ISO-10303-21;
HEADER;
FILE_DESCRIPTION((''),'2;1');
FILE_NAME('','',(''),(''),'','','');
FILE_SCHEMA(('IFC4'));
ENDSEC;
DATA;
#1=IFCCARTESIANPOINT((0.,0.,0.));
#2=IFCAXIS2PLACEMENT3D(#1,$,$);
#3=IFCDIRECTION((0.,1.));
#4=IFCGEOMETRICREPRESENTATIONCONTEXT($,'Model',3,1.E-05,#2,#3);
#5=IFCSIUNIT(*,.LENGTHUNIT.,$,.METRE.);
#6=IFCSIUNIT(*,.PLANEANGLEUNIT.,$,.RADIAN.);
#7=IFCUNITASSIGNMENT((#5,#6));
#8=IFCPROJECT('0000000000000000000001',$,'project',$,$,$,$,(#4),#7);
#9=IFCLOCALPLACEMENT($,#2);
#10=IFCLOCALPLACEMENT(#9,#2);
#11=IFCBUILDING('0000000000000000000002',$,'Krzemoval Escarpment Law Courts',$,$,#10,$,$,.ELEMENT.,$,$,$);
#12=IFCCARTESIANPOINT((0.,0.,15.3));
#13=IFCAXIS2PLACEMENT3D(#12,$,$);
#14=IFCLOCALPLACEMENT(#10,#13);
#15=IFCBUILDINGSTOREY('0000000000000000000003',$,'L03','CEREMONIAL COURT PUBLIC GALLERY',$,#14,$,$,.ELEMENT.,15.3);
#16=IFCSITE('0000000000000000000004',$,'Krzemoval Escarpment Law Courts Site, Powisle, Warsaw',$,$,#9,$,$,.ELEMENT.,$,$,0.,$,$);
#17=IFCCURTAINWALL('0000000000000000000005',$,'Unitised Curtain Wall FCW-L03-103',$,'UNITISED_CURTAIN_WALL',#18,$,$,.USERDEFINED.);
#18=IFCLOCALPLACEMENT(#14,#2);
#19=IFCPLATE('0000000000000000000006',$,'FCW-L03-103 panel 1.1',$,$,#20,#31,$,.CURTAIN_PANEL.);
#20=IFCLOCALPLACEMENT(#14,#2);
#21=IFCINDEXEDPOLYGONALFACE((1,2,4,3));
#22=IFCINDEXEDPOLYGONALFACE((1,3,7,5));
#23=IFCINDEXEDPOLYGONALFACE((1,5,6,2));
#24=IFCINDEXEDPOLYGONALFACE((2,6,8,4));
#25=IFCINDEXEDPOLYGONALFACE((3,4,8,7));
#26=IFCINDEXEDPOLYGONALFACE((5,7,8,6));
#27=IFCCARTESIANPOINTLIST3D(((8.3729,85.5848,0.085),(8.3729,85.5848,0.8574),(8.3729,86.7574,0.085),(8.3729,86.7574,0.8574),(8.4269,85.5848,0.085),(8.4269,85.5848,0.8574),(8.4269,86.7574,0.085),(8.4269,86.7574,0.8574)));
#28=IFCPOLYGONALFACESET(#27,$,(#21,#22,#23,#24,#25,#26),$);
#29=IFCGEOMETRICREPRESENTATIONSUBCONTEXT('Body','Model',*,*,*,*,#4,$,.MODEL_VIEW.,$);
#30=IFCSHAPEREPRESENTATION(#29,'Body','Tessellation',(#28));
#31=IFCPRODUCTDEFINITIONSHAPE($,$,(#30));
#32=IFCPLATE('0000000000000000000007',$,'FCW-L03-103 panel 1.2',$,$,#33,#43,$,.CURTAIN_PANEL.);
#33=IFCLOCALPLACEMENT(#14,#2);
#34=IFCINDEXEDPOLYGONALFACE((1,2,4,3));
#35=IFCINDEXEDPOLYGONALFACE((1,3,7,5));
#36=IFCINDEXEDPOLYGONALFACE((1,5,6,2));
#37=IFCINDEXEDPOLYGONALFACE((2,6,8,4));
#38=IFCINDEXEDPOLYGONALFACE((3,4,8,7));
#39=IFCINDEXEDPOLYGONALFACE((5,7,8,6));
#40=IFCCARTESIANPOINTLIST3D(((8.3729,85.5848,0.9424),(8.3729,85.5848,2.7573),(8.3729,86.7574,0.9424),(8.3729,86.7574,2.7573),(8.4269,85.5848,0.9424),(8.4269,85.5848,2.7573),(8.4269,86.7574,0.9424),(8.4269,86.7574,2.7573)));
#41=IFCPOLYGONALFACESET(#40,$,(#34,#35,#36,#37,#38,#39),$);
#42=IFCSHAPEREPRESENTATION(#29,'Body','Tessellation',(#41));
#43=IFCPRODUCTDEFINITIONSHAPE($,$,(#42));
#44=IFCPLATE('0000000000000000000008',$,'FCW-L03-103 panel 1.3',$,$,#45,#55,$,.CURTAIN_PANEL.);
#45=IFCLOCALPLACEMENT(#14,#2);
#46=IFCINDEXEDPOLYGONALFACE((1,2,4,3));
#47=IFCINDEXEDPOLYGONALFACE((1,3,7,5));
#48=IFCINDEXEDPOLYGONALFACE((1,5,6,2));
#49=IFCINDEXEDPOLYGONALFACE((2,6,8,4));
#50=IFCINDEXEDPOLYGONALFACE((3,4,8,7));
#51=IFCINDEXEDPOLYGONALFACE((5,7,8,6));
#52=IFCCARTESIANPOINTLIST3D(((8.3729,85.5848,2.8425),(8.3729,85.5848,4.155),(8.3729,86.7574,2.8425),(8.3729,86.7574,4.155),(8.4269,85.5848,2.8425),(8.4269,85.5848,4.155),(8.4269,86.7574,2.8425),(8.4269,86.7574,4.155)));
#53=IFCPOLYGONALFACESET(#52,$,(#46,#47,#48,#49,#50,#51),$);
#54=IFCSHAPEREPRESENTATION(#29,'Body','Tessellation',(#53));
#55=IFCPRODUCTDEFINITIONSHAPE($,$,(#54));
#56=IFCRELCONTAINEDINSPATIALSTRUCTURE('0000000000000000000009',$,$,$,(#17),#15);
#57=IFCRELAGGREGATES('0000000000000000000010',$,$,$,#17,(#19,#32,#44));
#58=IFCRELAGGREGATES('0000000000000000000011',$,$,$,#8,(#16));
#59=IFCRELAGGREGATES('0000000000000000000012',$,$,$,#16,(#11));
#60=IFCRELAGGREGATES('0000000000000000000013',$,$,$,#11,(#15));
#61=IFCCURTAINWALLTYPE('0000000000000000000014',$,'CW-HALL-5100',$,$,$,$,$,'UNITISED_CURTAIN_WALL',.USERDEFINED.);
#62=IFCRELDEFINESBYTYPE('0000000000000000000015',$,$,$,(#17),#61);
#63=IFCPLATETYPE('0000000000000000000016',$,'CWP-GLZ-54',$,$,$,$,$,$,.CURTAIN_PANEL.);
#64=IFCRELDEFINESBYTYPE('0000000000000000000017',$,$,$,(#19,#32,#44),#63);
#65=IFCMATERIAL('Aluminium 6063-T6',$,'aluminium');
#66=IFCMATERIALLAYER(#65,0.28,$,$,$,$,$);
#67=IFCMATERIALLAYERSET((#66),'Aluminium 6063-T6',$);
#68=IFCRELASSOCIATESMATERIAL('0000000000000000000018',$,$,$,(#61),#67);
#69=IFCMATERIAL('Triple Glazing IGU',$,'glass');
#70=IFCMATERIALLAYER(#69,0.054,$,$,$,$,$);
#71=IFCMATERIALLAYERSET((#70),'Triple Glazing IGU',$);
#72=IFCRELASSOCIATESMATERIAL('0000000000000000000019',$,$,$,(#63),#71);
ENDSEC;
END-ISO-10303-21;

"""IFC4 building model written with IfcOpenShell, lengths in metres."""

from ifc_helpers import new_model, si_unit, direction, frame, origin, origin_2d, place, context, subcontext, project, spatial, rectangle, extrude, material, layer, layer_set, type_object, element, aggregate, save


model = new_model("IFC4")

# Units and contexts
model_context = context("Model", 3, precision=1e-05, world=origin(), true_north=direction((0.0, 1.0)))
body_context = subcontext(model_context, "Body", "Model", "MODEL_VIEW")
ifc_project = project(units=[si_unit("LENGTHUNIT", "METRE"), si_unit("PLANEANGLEUNIT", "RADIAN")], contexts=[model_context])

# Site, building, storey
site_placement = place(None, origin())
site = spatial("IfcSite", under=ifc_project, at=site_placement, Name="Krzemoval Escarpment Law Courts Site, Powisle, Warsaw", CompositionType="ELEMENT", RefElevation=0.0)
building_placement = place(site_placement, origin())
building = spatial("IfcBuilding", under=site, at=building_placement, Name="Krzemoval Escarpment Law Courts", CompositionType="ELEMENT")
storey_placement = place(building_placement, frame((0.0, 0.0, 15.3)))
storey = spatial("IfcBuildingStorey", under=building, at=storey_placement, Name="L03", Description="CEREMONIAL COURT PUBLIC GALLERY", CompositionType="ELEMENT", Elevation=15.3)

# Shared definitions
ifc_material_1 = material(Name="Aluminium 6063-T6", Category="aluminium")
ifc_layer_1 = layer(ifc_material_1, 0.28)
ifc_layer_set_1 = layer_set([ifc_layer_1], Name="Aluminium 6063-T6")
curtain_wall_type = type_object("IfcCurtainWallType", Name="CW-HALL-5100", ElementType="UNITISED_CURTAIN_WALL", PredefinedType="USERDEFINED", material=ifc_layer_set_1)

# Curtain wall
curtain_wall_1_placement = place(storey_placement, origin())
curtain_wall_1 = element("IfcCurtainWall", 1, at=curtain_wall_1_placement, inside=storey, type_object=curtain_wall_type, Name="Unitised Curtain Wall FCW-L03-103", ObjectType="UNITISED_CURTAIN_WALL", PredefinedType="USERDEFINED")

# Plates
ifc_material_2 = material(Name="Triple Glazing IGU", Category="glass")
ifc_layer_2 = layer(ifc_material_2, 0.054)
ifc_layer_set_2 = layer_set([ifc_layer_2], Name="Triple Glazing IGU")
plate_type = type_object("IfcPlateType", Name="CWP-GLZ-54", PredefinedType="CURTAIN_PANEL", material=ifc_layer_set_2)
plate_1_placement = place(storey_placement, frame((8.3999, 86.1711, 0.085), z_axis=(0.0, 0.0, 1.0), x_axis=(0.0, 1.0, 0.0)))
plate_1 = element("IfcPlate", 2, at=plate_1_placement, type_object=plate_type, Name="FCW-L03-103 panel 1.1", PredefinedType="CURTAIN_PANEL", context=body_context, shape_type="SweptSolid", body=[
    extrude(rectangle(XDim=1.1726, YDim=0.054, at=origin_2d()), origin(), (0.0, 0.0, 1.0), 0.7725),
])
plate_2_placement = place(storey_placement, frame((8.3999, 86.1711, 0.9424), z_axis=(0.0, 0.0, 1.0), x_axis=(0.0, 1.0, 0.0)))
plate_2 = element("IfcPlate", 3, at=plate_2_placement, type_object=plate_type, Name="FCW-L03-103 panel 1.2", PredefinedType="CURTAIN_PANEL", context=body_context, shape_type="SweptSolid", body=[
    extrude(rectangle(XDim=1.1726, YDim=0.054, at=origin_2d()), origin(), (0.0, 0.0, 1.0), 1.8149),
])
plate_3_placement = place(storey_placement, frame((8.3999, 86.1711, 2.8425), z_axis=(0.0, 0.0, 1.0), x_axis=(0.0, 1.0, 0.0)))
plate_3 = element("IfcPlate", 4, at=plate_3_placement, type_object=plate_type, Name="FCW-L03-103 panel 1.3", PredefinedType="CURTAIN_PANEL", context=body_context, shape_type="SweptSolid", body=[
    extrude(rectangle(XDim=1.1726, YDim=0.054, at=origin_2d()), origin(), (0.0, 0.0, 1.0), 1.3125),
])
aggregate(curtain_wall_1, [plate_1, plate_2, plate_3])

save(model, "model.ifc")
